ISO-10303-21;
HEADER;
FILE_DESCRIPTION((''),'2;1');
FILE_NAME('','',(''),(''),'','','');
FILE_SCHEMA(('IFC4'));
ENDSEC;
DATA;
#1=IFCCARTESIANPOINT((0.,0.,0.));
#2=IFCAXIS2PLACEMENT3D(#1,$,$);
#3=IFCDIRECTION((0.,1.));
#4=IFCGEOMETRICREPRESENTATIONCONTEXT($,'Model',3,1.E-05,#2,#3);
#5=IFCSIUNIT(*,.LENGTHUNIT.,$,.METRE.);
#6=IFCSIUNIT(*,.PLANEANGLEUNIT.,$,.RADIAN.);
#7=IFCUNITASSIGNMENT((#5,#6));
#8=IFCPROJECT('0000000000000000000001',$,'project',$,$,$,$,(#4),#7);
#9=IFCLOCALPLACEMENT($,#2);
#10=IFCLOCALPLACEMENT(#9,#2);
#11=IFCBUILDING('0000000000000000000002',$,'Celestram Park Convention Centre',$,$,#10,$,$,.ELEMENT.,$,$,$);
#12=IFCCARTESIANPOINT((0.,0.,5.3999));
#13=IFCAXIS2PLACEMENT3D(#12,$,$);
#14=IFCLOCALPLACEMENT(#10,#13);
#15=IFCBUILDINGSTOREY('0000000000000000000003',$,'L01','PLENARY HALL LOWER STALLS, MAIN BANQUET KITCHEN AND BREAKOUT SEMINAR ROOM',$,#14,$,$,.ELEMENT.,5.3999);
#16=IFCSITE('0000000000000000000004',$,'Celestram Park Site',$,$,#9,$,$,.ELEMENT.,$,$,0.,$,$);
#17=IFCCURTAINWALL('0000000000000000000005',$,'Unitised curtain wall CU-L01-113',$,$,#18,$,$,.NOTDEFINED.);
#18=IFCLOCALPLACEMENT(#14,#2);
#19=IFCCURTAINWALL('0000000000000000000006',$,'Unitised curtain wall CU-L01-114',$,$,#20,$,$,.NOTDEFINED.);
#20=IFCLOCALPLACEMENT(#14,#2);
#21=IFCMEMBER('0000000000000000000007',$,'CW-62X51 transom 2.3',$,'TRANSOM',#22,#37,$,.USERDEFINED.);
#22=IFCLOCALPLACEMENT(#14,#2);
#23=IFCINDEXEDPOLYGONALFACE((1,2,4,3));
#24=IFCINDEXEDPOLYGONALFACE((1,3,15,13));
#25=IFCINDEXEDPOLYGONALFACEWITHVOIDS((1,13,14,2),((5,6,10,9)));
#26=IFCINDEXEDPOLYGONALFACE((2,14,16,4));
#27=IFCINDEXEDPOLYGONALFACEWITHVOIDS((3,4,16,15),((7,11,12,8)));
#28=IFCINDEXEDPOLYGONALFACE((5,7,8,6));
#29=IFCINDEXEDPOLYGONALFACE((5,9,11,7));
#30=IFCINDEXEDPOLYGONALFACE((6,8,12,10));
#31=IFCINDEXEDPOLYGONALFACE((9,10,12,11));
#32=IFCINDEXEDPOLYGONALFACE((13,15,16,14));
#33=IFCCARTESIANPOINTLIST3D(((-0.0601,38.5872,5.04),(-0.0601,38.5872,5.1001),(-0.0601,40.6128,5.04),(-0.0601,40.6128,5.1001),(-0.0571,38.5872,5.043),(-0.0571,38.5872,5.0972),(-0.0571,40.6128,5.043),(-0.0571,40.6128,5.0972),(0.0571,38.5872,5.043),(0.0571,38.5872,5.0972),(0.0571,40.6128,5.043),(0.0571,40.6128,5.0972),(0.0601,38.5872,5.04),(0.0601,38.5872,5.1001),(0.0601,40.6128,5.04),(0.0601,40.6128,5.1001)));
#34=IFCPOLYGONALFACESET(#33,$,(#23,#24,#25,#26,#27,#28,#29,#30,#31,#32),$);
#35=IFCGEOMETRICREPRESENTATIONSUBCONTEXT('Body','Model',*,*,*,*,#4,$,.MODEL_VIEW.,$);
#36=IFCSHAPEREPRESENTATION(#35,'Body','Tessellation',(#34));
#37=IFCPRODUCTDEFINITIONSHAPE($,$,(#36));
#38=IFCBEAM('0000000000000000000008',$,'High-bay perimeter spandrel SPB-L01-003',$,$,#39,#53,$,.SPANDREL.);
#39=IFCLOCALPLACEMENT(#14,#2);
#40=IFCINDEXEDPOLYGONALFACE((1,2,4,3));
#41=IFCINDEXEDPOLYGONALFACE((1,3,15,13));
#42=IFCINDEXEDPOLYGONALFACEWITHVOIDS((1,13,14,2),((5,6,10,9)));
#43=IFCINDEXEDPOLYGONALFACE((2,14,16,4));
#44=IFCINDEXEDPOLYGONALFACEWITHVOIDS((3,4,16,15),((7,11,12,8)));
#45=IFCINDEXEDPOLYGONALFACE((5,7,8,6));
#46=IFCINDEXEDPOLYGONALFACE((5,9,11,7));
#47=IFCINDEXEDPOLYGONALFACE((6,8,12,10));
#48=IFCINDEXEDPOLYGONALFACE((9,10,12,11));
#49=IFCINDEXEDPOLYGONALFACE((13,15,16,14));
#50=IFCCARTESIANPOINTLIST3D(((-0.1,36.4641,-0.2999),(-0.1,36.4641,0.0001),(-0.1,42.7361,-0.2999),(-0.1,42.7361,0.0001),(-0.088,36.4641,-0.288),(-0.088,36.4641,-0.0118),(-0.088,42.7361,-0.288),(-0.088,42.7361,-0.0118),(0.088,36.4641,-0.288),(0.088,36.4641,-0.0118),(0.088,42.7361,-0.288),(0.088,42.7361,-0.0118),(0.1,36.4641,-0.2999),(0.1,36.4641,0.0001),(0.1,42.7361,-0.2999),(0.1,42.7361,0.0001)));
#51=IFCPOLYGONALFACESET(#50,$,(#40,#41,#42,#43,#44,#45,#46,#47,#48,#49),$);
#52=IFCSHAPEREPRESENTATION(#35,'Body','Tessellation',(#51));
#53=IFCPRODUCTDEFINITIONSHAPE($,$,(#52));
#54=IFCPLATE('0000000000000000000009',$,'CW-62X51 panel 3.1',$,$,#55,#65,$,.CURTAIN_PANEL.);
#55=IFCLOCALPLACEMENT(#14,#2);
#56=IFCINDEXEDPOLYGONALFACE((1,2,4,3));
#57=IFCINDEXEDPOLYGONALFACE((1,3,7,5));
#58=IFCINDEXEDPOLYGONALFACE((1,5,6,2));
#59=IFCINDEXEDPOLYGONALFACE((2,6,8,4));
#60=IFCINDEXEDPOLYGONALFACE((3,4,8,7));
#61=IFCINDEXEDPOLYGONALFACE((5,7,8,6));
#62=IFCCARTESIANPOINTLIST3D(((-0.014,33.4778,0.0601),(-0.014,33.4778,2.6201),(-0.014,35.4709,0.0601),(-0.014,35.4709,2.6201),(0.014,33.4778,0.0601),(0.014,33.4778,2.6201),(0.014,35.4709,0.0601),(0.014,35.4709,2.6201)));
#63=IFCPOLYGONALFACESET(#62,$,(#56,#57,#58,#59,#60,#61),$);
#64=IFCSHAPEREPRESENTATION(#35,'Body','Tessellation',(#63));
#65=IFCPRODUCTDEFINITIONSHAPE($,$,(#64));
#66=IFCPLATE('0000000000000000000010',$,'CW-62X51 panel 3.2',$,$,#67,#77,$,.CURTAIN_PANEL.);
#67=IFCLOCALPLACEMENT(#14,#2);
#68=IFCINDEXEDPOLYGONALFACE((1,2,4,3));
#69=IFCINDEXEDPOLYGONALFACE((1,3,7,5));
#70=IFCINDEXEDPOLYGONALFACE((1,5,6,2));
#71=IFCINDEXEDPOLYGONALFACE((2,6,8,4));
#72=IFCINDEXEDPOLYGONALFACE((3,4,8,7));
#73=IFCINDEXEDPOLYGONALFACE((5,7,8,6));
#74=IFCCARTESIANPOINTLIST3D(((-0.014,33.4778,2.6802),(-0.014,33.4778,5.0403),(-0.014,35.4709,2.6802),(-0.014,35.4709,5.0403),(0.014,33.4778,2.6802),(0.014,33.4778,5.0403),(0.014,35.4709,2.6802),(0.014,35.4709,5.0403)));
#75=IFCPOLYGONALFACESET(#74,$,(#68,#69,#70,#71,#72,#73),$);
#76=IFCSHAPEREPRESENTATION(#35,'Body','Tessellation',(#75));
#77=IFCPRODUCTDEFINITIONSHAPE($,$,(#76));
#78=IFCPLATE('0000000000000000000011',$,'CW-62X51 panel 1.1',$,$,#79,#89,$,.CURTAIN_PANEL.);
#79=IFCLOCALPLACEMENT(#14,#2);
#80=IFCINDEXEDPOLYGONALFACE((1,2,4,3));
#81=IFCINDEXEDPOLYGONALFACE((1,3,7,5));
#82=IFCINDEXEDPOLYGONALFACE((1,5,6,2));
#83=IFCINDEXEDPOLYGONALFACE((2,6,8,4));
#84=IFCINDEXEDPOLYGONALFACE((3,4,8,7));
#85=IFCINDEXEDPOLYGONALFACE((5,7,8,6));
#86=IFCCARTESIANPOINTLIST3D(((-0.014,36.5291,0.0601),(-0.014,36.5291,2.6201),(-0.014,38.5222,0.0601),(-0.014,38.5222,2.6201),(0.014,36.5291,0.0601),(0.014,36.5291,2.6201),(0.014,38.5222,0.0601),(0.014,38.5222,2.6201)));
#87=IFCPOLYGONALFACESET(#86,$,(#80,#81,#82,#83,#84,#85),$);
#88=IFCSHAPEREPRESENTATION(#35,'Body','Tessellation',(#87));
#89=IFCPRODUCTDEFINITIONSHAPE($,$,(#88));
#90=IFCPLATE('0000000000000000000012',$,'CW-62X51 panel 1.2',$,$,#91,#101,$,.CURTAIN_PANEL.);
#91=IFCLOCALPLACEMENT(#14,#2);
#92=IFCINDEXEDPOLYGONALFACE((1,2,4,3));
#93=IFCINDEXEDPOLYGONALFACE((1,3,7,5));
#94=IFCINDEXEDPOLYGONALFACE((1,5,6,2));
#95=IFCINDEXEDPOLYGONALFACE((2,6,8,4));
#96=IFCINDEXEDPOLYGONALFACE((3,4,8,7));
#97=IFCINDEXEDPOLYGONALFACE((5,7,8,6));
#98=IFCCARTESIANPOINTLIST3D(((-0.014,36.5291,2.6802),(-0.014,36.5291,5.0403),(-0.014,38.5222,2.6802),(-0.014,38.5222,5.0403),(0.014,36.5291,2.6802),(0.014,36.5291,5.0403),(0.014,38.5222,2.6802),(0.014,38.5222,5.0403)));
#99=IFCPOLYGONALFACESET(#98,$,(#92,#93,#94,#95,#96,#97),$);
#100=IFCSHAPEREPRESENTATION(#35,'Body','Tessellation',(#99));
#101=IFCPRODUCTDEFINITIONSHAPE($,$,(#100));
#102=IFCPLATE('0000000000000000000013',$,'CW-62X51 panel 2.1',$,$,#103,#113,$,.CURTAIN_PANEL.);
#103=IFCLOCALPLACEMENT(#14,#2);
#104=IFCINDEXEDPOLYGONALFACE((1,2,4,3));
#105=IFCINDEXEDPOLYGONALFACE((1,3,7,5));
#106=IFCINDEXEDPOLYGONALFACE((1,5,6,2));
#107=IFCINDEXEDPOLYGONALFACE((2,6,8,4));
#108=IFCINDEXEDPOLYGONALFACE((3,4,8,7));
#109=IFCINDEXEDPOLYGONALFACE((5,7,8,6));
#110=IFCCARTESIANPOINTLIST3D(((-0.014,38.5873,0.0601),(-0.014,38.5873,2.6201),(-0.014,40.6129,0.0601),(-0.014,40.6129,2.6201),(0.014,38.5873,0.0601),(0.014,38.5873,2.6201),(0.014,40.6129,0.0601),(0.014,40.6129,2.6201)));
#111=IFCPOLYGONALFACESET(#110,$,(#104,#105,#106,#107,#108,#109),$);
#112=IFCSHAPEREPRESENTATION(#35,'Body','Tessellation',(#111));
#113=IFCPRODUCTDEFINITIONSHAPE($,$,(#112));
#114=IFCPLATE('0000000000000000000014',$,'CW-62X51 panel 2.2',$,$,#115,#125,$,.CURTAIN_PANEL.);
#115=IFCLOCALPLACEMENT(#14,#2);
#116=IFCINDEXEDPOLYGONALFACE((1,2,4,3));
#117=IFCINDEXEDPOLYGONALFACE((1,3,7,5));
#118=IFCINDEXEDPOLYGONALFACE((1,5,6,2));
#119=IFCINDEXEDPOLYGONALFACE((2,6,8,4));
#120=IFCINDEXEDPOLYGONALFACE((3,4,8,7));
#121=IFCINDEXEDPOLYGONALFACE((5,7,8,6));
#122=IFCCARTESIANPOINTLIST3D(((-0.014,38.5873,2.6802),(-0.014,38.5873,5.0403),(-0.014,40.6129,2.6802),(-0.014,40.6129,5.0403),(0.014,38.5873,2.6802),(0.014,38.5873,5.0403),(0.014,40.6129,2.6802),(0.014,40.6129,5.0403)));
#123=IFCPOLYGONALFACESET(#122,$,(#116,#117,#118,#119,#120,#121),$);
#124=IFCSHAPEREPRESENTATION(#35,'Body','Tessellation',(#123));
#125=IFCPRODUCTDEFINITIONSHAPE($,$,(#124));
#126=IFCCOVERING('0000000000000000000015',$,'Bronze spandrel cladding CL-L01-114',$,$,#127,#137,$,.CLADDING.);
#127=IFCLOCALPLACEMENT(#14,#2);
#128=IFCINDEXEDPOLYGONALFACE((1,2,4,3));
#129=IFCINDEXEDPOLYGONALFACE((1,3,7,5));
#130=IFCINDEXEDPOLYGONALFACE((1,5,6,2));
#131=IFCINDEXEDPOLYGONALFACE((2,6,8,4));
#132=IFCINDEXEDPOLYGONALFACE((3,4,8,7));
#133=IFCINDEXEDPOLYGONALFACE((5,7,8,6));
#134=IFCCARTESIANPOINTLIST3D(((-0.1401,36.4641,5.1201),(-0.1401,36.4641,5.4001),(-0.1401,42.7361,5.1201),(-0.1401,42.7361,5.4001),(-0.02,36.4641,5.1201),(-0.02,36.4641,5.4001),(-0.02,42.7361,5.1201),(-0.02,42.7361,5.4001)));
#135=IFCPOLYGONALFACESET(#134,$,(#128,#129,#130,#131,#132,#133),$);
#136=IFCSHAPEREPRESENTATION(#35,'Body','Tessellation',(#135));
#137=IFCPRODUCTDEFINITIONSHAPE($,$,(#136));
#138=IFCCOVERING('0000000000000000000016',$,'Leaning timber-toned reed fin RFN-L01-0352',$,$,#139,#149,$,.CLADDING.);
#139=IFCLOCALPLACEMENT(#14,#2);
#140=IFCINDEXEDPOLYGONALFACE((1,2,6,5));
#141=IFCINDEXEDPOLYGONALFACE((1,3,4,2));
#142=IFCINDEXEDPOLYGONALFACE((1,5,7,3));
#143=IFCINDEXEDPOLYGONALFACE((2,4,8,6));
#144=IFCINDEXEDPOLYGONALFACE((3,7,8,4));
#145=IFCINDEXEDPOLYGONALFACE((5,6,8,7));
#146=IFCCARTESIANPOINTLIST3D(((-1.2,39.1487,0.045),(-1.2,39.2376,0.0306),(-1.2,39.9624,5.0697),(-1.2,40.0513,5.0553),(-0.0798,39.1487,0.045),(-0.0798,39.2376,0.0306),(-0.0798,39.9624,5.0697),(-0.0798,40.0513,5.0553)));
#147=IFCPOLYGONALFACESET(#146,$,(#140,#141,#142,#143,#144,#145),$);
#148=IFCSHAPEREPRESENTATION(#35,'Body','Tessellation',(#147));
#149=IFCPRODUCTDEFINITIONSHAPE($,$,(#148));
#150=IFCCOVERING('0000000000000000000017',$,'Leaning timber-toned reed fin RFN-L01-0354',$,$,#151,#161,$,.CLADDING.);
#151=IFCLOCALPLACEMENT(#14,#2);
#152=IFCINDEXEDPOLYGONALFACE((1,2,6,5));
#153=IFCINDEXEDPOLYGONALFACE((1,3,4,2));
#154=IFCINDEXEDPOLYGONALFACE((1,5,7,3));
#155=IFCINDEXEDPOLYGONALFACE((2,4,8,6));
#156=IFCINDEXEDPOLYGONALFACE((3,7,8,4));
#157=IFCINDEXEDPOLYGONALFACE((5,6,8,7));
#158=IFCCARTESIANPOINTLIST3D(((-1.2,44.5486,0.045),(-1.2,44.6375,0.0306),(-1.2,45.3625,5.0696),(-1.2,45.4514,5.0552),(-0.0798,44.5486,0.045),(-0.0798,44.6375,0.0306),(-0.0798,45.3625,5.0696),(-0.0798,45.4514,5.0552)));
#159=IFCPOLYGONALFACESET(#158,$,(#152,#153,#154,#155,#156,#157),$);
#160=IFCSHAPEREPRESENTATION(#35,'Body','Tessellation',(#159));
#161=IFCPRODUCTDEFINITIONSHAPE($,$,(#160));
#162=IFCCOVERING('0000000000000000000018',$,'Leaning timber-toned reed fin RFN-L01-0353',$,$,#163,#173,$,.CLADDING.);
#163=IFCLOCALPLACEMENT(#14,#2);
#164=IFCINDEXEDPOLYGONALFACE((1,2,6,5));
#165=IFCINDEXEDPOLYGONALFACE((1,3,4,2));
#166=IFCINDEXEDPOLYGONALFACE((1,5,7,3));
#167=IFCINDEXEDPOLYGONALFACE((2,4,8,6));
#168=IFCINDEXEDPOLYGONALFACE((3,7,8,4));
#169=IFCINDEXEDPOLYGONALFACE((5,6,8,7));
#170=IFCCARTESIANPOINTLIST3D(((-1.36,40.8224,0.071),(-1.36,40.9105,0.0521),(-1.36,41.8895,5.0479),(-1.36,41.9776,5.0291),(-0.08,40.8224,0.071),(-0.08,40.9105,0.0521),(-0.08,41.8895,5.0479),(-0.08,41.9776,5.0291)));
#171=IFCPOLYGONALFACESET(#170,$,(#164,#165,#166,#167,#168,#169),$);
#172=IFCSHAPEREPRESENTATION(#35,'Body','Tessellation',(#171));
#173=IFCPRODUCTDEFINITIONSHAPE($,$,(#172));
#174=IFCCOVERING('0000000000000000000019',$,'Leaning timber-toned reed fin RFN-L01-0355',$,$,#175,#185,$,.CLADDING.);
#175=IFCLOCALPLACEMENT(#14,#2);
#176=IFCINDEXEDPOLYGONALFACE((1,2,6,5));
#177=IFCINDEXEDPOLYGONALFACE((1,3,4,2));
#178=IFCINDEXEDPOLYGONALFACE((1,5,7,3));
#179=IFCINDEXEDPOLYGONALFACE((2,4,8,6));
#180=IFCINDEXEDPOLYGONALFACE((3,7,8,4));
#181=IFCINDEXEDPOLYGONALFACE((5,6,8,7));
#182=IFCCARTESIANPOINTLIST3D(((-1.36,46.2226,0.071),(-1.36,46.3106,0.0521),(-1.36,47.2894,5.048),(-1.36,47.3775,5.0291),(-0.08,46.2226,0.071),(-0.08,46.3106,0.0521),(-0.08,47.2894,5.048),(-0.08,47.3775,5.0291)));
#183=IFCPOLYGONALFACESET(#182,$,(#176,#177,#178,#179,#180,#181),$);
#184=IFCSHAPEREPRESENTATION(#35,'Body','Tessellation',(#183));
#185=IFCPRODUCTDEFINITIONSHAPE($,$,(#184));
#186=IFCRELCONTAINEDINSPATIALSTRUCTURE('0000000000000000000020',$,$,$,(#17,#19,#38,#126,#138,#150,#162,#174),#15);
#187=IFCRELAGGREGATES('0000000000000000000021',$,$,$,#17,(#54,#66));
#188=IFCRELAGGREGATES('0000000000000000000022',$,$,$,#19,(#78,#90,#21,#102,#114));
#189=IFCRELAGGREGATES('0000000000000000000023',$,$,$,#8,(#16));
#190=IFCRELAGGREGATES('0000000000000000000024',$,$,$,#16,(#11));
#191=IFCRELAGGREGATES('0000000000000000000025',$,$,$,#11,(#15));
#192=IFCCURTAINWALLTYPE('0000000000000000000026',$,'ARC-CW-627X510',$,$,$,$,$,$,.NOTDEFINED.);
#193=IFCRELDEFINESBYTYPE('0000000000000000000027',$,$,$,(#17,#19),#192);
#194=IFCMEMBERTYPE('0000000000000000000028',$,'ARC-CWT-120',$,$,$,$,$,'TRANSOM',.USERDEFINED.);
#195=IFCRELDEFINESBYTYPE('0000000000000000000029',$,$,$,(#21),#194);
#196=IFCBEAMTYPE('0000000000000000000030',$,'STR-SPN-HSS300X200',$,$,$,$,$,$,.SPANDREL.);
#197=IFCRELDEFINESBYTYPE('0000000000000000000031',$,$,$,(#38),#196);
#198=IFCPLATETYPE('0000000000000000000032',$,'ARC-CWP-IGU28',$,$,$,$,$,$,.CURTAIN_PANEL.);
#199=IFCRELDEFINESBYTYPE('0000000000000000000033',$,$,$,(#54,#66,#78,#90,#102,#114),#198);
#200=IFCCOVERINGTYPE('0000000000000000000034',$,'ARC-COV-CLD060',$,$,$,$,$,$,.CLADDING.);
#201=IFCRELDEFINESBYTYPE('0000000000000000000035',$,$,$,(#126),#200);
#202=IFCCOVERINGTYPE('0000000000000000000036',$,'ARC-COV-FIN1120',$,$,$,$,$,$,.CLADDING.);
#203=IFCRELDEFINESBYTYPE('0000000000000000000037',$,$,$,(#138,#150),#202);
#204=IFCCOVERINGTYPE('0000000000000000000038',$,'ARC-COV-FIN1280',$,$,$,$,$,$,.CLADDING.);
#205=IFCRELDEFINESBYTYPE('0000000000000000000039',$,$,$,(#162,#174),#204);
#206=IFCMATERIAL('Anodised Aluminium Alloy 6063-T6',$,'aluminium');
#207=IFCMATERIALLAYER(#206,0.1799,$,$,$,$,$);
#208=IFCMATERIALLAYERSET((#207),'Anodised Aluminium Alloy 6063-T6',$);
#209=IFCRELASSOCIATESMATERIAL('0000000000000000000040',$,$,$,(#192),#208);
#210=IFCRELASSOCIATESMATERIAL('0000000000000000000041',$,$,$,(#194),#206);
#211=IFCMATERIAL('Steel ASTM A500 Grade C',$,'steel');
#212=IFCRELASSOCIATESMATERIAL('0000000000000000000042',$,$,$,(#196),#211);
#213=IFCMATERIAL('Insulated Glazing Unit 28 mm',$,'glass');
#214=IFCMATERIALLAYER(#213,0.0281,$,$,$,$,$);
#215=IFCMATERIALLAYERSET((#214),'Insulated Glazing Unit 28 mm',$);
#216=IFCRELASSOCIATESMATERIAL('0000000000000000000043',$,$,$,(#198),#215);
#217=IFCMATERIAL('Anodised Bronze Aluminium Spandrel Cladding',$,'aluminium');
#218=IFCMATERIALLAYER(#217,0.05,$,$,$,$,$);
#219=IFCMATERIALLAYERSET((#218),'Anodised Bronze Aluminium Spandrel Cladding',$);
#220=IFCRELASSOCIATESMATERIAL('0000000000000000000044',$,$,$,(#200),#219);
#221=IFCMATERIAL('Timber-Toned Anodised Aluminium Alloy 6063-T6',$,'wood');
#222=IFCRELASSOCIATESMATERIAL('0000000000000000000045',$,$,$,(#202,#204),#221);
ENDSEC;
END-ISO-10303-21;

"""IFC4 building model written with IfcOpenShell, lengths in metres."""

from ifc_helpers import new_model, si_unit, direction, frame, origin, origin_2d, place, context, subcontext, project, spatial, rectangle, hollow_rectangle, extrude, material, layer, layer_set, material_profile, profile_set, type_object, element, aggregate, save


model = new_model("IFC4")

# Units and contexts
model_context = context("Model", 3, precision=1e-05, world=origin(), true_north=direction((0.0, 1.0)))
body_context = subcontext(model_context, "Body", "Model", "MODEL_VIEW")
ifc_project = project(units=[si_unit("LENGTHUNIT", "METRE"), si_unit("PLANEANGLEUNIT", "RADIAN")], contexts=[model_context])

# Site, building, storey
site_placement = place(None, origin())
site = spatial("IfcSite", under=ifc_project, at=site_placement, Name="Celestram Park Site", CompositionType="ELEMENT", RefElevation=0.0)
building_placement = place(site_placement, origin())
building = spatial("IfcBuilding", under=site, at=building_placement, Name="Celestram Park Convention Centre", CompositionType="ELEMENT")
storey_placement = place(building_placement, frame((0.0, 0.0, 5.3999)))
storey = spatial("IfcBuildingStorey", under=building, at=storey_placement, Name="L01", Description="PLENARY HALL LOWER STALLS, MAIN BANQUET KITCHEN AND BREAKOUT SEMINAR ROOM", CompositionType="ELEMENT", Elevation=5.3999)

# Curtain wall
ifc_material_1 = material(Name="Anodised Aluminium Alloy 6063-T6", Category="aluminium")
ifc_layer_1 = layer(ifc_material_1, 0.1799)
ifc_layer_set_1 = layer_set([ifc_layer_1], Name="Anodised Aluminium Alloy 6063-T6")
curtain_wall_type = type_object("IfcCurtainWallType", Name="ARC-CW-627X510", PredefinedType="NOTDEFINED", material=ifc_layer_set_1)
curtain_wall_1_placement = place(storey_placement, origin())
curtain_wall_1 = element("IfcCurtainWall", 1, at=curtain_wall_1_placement, inside=storey, type_object=curtain_wall_type, Name="Unitised curtain wall CU-L01-113", PredefinedType="NOTDEFINED")

# Curtain wall, member
curtain_wall_2_placement = place(storey_placement, origin())
curtain_wall_2 = element("IfcCurtainWall", 2, at=curtain_wall_2_placement, inside=storey, type_object=curtain_wall_type, Name="Unitised curtain wall CU-L01-114", PredefinedType="NOTDEFINED")
ifc_material_profile_1 = material_profile(ifc_material_1, hollow_rectangle(XDim=0.1201, YDim=0.0601, WallThickness=0.0029, at=origin_2d()), Name="ALU120X60X3")
ifc_profile_set_1 = profile_set([ifc_material_profile_1], Name="Anodised Aluminium Alloy 6063-T6")
member_type_1 = type_object("IfcMemberType", Name="ARC-CWT-120", ElementType="TRANSOM", PredefinedType="USERDEFINED", material=ifc_profile_set_1)
member_1_placement = place(storey_placement, frame((0.0, 38.5872, 5.0701), z_axis=(0.0, 1.0, 0.0), x_axis=(-1.0, 0.0, 0.0)))
member_1 = element("IfcMember", 3, at=member_1_placement, type_object=member_type_1, Name="CW-62X51 transom 2.3", ObjectType="TRANSOM", PredefinedType="USERDEFINED", context=body_context, shape_type="SweptSolid", body=[
    extrude(hollow_rectangle(XDim=0.1201, YDim=0.0601, WallThickness=0.0029, at=origin_2d()), origin(), (0.0, 0.0, 1.0), 2.0256),
])

# Beam
ifc_material_2 = material(Name="Steel ASTM A500 Grade C", Category="steel")
ifc_material_profile_2 = material_profile(ifc_material_2, hollow_rectangle(XDim=0.2, YDim=0.3, WallThickness=0.012, at=origin_2d()), Name="HSS300X200X12")
ifc_profile_set_2 = profile_set([ifc_material_profile_2], Name="Steel ASTM A500 Grade C")
beam_type = type_object("IfcBeamType", Name="STR-SPN-HSS300X200", PredefinedType="SPANDREL", material=ifc_profile_set_2)
beam_placement = place(storey_placement, frame((0.0, 36.4641, -0.1499), z_axis=(0.0, 1.0, 0.0), x_axis=(-1.0, 0.0, 0.0)))
element("IfcBeam", 4, at=beam_placement, inside=storey, type_object=beam_type, Name="High-bay perimeter spandrel SPB-L01-003", PredefinedType="SPANDREL", context=body_context, shape_type="SweptSolid", body=[
    extrude(hollow_rectangle(XDim=0.2, YDim=0.3, WallThickness=0.012, at=origin_2d()), origin(), (0.0, 0.0, 1.0), 6.272),
])

# Plates
ifc_material_3 = material(Name="Insulated Glazing Unit 28 mm", Category="glass")
ifc_layer_2 = layer(ifc_material_3, 0.0281)
ifc_layer_set_2 = layer_set([ifc_layer_2], Name="Insulated Glazing Unit 28 mm")
plate_type = type_object("IfcPlateType", Name="ARC-CWP-IGU28", PredefinedType="CURTAIN_PANEL", material=ifc_layer_set_2)
plate_1_placement = place(storey_placement, frame((0.0, 34.4744, 0.0601), z_axis=(0.0, 0.0, 1.0), x_axis=(0.0, 1.0, 0.0)))
plate_1 = element("IfcPlate", 5, at=plate_1_placement, type_object=plate_type, Name="CW-62X51 panel 3.1", PredefinedType="CURTAIN_PANEL", context=body_context, shape_type="SweptSolid", body=[
    extrude(rectangle(XDim=1.9932, YDim=0.0281, at=origin_2d()), origin(), (0.0, 0.0, 1.0), 2.5601),
])
plate_2_placement = place(storey_placement, frame((0.0, 34.4744, 2.6802), z_axis=(0.0, 0.0, 1.0), x_axis=(0.0, 1.0, 0.0)))
plate_2 = element("IfcPlate", 6, at=plate_2_placement, type_object=plate_type, Name="CW-62X51 panel 3.2", PredefinedType="CURTAIN_PANEL", context=body_context, shape_type="SweptSolid", body=[
    extrude(rectangle(XDim=1.9932, YDim=0.0281, at=origin_2d()), origin(), (0.0, 0.0, 1.0), 2.3601),
])
aggregate(curtain_wall_1, [plate_1, plate_2])
plate_3_placement = place(storey_placement, frame((0.0, 37.5256, 0.0601), z_axis=(0.0, 0.0, 1.0), x_axis=(0.0, 1.0, 0.0)))
plate_3 = element("IfcPlate", 7, at=plate_3_placement, type_object=plate_type, Name="CW-62X51 panel 1.1", PredefinedType="CURTAIN_PANEL", context=body_context, shape_type="SweptSolid", body=[
    extrude(rectangle(XDim=1.9932, YDim=0.0281, at=origin_2d()), origin(), (0.0, 0.0, 1.0), 2.5601),
])
plate_4_placement = place(storey_placement, frame((0.0, 37.5256, 2.6802), z_axis=(0.0, 0.0, 1.0), x_axis=(0.0, 1.0, 0.0)))
plate_4 = element("IfcPlate", 8, at=plate_4_placement, type_object=plate_type, Name="CW-62X51 panel 1.2", PredefinedType="CURTAIN_PANEL", context=body_context, shape_type="SweptSolid", body=[
    extrude(rectangle(XDim=1.9932, YDim=0.0281, at=origin_2d()), origin(), (0.0, 0.0, 1.0), 2.3601),
])
plate_5_placement = place(storey_placement, frame((0.0, 39.6001, 0.0601), z_axis=(0.0, 0.0, 1.0), x_axis=(0.0, 1.0, 0.0)))
plate_5 = element("IfcPlate", 9, at=plate_5_placement, type_object=plate_type, Name="CW-62X51 panel 2.1", PredefinedType="CURTAIN_PANEL", context=body_context, shape_type="SweptSolid", body=[
    extrude(rectangle(XDim=2.0256, YDim=0.0281, at=origin_2d()), origin(), (0.0, 0.0, 1.0), 2.5601),
])
plate_6_placement = place(storey_placement, frame((0.0, 39.6001, 2.6802), z_axis=(0.0, 0.0, 1.0), x_axis=(0.0, 1.0, 0.0)))
plate_6 = element("IfcPlate", 10, at=plate_6_placement, type_object=plate_type, Name="CW-62X51 panel 2.2", PredefinedType="CURTAIN_PANEL", context=body_context, shape_type="SweptSolid", body=[
    extrude(rectangle(XDim=2.0256, YDim=0.0281, at=origin_2d()), origin(), (0.0, 0.0, 1.0), 2.3601),
])
aggregate(curtain_wall_2, [plate_3, plate_4, member_1, plate_5, plate_6])

# Coverings
ifc_material_4 = material(Name="Anodised Bronze Aluminium Spandrel Cladding", Category="aluminium")
ifc_layer_3 = layer(ifc_material_4, 0.05)
ifc_layer_set_3 = layer_set([ifc_layer_3], Name="Anodised Bronze Aluminium Spandrel Cladding")
covering_type_1 = type_object("IfcCoveringType", Name="ARC-COV-CLD060", PredefinedType="CLADDING", material=ifc_layer_set_3)
covering_1_placement = place(storey_placement, frame((-0.0801, 39.6001, 5.1201), z_axis=(0.0, 0.0, 1.0), x_axis=(0.0, 1.0, 0.0)))
element("IfcCovering", 11, at=covering_1_placement, inside=storey, type_object=covering_type_1, Name="Bronze spandrel cladding CL-L01-114", PredefinedType="CLADDING", context=body_context, shape_type="SweptSolid", body=[
    extrude(rectangle(XDim=6.272, YDim=0.1201, at=origin_2d()), origin(), (0.0, 0.0, 1.0), 0.28),
])
ifc_material_5 = material(Name="Timber-Toned Anodised Aluminium Alloy 6063-T6", Category="wood")
ifc_material_profile_3 = material_profile(ifc_material_5, rectangle(XDim=1.1201, YDim=0.0901, at=origin_2d()), Name="REED1120X90")
ifc_profile_set_3 = profile_set([ifc_material_profile_3], Name="Timber-Toned Anodised Aluminium Alloy 6063-T6")
covering_type_2 = type_object("IfcCoveringType", Name="ARC-COV-FIN1120", PredefinedType="CLADDING", material=ifc_profile_set_3)
for number, where, z_axis, x_axis, name in (
    (12, (-0.6399, 39.1931, 0.0378), (0.0, 0.159863, 0.987139), (-1.0, 0.0, 0.0), "Leaning timber-toned reed fin RFN-L01-0352"),
    (13, (-0.6399, 44.593, 0.0378), (0.0, 0.159909, 0.987132), (-1.0, 0.0, 0.0), "Leaning timber-toned reed fin RFN-L01-0354"),
):
    element("IfcCovering", number, at=place(storey_placement, frame(where, z_axis=z_axis, x_axis=x_axis)), inside=storey, type_object=covering_type_2, Name=name, PredefinedType="CLADDING", context=body_context, shape_type="SweptSolid", body=[
        extrude(rectangle(XDim=1.1201, YDim=0.0901, at=origin_2d()), origin(), (0.0, 0.0, 1.0), 5.0901),
    ])
ifc_material_profile_4 = material_profile(ifc_material_5, rectangle(XDim=1.28, YDim=0.0901, at=origin_2d()), Name="REED1280X90")
ifc_profile_set_4 = profile_set([ifc_material_profile_4], Name="Timber-Toned Anodised Aluminium Alloy 6063-T6")
covering_type_3 = type_object("IfcCoveringType", Name="ARC-COV-FIN1280", PredefinedType="CLADDING", material=ifc_profile_set_4)
for number, where, z_axis, x_axis, name in (
    (14, (-0.72, 40.8665, 0.0615), (0.0, 0.209647, 0.977777), (-1.0, 0.0, 0.0), "Leaning timber-toned reed fin RFN-L01-0353"),
    (15, (-0.72, 46.2666, 0.0615), (0.0, 0.209601, 0.977787), (-1.0, 0.0, 0.0), "Leaning timber-toned reed fin RFN-L01-0355"),
):
    element("IfcCovering", number, at=place(storey_placement, frame(where, z_axis=z_axis, x_axis=x_axis)), inside=storey, type_object=covering_type_3, Name=name, PredefinedType="CLADDING", context=body_context, shape_type="SweptSolid", body=[
        extrude(rectangle(XDim=1.28, YDim=0.0901, at=origin_2d()), origin(), (0.0, 0.0, 1.0), 5.0901),
    ])

save(model, "model.ifc")
